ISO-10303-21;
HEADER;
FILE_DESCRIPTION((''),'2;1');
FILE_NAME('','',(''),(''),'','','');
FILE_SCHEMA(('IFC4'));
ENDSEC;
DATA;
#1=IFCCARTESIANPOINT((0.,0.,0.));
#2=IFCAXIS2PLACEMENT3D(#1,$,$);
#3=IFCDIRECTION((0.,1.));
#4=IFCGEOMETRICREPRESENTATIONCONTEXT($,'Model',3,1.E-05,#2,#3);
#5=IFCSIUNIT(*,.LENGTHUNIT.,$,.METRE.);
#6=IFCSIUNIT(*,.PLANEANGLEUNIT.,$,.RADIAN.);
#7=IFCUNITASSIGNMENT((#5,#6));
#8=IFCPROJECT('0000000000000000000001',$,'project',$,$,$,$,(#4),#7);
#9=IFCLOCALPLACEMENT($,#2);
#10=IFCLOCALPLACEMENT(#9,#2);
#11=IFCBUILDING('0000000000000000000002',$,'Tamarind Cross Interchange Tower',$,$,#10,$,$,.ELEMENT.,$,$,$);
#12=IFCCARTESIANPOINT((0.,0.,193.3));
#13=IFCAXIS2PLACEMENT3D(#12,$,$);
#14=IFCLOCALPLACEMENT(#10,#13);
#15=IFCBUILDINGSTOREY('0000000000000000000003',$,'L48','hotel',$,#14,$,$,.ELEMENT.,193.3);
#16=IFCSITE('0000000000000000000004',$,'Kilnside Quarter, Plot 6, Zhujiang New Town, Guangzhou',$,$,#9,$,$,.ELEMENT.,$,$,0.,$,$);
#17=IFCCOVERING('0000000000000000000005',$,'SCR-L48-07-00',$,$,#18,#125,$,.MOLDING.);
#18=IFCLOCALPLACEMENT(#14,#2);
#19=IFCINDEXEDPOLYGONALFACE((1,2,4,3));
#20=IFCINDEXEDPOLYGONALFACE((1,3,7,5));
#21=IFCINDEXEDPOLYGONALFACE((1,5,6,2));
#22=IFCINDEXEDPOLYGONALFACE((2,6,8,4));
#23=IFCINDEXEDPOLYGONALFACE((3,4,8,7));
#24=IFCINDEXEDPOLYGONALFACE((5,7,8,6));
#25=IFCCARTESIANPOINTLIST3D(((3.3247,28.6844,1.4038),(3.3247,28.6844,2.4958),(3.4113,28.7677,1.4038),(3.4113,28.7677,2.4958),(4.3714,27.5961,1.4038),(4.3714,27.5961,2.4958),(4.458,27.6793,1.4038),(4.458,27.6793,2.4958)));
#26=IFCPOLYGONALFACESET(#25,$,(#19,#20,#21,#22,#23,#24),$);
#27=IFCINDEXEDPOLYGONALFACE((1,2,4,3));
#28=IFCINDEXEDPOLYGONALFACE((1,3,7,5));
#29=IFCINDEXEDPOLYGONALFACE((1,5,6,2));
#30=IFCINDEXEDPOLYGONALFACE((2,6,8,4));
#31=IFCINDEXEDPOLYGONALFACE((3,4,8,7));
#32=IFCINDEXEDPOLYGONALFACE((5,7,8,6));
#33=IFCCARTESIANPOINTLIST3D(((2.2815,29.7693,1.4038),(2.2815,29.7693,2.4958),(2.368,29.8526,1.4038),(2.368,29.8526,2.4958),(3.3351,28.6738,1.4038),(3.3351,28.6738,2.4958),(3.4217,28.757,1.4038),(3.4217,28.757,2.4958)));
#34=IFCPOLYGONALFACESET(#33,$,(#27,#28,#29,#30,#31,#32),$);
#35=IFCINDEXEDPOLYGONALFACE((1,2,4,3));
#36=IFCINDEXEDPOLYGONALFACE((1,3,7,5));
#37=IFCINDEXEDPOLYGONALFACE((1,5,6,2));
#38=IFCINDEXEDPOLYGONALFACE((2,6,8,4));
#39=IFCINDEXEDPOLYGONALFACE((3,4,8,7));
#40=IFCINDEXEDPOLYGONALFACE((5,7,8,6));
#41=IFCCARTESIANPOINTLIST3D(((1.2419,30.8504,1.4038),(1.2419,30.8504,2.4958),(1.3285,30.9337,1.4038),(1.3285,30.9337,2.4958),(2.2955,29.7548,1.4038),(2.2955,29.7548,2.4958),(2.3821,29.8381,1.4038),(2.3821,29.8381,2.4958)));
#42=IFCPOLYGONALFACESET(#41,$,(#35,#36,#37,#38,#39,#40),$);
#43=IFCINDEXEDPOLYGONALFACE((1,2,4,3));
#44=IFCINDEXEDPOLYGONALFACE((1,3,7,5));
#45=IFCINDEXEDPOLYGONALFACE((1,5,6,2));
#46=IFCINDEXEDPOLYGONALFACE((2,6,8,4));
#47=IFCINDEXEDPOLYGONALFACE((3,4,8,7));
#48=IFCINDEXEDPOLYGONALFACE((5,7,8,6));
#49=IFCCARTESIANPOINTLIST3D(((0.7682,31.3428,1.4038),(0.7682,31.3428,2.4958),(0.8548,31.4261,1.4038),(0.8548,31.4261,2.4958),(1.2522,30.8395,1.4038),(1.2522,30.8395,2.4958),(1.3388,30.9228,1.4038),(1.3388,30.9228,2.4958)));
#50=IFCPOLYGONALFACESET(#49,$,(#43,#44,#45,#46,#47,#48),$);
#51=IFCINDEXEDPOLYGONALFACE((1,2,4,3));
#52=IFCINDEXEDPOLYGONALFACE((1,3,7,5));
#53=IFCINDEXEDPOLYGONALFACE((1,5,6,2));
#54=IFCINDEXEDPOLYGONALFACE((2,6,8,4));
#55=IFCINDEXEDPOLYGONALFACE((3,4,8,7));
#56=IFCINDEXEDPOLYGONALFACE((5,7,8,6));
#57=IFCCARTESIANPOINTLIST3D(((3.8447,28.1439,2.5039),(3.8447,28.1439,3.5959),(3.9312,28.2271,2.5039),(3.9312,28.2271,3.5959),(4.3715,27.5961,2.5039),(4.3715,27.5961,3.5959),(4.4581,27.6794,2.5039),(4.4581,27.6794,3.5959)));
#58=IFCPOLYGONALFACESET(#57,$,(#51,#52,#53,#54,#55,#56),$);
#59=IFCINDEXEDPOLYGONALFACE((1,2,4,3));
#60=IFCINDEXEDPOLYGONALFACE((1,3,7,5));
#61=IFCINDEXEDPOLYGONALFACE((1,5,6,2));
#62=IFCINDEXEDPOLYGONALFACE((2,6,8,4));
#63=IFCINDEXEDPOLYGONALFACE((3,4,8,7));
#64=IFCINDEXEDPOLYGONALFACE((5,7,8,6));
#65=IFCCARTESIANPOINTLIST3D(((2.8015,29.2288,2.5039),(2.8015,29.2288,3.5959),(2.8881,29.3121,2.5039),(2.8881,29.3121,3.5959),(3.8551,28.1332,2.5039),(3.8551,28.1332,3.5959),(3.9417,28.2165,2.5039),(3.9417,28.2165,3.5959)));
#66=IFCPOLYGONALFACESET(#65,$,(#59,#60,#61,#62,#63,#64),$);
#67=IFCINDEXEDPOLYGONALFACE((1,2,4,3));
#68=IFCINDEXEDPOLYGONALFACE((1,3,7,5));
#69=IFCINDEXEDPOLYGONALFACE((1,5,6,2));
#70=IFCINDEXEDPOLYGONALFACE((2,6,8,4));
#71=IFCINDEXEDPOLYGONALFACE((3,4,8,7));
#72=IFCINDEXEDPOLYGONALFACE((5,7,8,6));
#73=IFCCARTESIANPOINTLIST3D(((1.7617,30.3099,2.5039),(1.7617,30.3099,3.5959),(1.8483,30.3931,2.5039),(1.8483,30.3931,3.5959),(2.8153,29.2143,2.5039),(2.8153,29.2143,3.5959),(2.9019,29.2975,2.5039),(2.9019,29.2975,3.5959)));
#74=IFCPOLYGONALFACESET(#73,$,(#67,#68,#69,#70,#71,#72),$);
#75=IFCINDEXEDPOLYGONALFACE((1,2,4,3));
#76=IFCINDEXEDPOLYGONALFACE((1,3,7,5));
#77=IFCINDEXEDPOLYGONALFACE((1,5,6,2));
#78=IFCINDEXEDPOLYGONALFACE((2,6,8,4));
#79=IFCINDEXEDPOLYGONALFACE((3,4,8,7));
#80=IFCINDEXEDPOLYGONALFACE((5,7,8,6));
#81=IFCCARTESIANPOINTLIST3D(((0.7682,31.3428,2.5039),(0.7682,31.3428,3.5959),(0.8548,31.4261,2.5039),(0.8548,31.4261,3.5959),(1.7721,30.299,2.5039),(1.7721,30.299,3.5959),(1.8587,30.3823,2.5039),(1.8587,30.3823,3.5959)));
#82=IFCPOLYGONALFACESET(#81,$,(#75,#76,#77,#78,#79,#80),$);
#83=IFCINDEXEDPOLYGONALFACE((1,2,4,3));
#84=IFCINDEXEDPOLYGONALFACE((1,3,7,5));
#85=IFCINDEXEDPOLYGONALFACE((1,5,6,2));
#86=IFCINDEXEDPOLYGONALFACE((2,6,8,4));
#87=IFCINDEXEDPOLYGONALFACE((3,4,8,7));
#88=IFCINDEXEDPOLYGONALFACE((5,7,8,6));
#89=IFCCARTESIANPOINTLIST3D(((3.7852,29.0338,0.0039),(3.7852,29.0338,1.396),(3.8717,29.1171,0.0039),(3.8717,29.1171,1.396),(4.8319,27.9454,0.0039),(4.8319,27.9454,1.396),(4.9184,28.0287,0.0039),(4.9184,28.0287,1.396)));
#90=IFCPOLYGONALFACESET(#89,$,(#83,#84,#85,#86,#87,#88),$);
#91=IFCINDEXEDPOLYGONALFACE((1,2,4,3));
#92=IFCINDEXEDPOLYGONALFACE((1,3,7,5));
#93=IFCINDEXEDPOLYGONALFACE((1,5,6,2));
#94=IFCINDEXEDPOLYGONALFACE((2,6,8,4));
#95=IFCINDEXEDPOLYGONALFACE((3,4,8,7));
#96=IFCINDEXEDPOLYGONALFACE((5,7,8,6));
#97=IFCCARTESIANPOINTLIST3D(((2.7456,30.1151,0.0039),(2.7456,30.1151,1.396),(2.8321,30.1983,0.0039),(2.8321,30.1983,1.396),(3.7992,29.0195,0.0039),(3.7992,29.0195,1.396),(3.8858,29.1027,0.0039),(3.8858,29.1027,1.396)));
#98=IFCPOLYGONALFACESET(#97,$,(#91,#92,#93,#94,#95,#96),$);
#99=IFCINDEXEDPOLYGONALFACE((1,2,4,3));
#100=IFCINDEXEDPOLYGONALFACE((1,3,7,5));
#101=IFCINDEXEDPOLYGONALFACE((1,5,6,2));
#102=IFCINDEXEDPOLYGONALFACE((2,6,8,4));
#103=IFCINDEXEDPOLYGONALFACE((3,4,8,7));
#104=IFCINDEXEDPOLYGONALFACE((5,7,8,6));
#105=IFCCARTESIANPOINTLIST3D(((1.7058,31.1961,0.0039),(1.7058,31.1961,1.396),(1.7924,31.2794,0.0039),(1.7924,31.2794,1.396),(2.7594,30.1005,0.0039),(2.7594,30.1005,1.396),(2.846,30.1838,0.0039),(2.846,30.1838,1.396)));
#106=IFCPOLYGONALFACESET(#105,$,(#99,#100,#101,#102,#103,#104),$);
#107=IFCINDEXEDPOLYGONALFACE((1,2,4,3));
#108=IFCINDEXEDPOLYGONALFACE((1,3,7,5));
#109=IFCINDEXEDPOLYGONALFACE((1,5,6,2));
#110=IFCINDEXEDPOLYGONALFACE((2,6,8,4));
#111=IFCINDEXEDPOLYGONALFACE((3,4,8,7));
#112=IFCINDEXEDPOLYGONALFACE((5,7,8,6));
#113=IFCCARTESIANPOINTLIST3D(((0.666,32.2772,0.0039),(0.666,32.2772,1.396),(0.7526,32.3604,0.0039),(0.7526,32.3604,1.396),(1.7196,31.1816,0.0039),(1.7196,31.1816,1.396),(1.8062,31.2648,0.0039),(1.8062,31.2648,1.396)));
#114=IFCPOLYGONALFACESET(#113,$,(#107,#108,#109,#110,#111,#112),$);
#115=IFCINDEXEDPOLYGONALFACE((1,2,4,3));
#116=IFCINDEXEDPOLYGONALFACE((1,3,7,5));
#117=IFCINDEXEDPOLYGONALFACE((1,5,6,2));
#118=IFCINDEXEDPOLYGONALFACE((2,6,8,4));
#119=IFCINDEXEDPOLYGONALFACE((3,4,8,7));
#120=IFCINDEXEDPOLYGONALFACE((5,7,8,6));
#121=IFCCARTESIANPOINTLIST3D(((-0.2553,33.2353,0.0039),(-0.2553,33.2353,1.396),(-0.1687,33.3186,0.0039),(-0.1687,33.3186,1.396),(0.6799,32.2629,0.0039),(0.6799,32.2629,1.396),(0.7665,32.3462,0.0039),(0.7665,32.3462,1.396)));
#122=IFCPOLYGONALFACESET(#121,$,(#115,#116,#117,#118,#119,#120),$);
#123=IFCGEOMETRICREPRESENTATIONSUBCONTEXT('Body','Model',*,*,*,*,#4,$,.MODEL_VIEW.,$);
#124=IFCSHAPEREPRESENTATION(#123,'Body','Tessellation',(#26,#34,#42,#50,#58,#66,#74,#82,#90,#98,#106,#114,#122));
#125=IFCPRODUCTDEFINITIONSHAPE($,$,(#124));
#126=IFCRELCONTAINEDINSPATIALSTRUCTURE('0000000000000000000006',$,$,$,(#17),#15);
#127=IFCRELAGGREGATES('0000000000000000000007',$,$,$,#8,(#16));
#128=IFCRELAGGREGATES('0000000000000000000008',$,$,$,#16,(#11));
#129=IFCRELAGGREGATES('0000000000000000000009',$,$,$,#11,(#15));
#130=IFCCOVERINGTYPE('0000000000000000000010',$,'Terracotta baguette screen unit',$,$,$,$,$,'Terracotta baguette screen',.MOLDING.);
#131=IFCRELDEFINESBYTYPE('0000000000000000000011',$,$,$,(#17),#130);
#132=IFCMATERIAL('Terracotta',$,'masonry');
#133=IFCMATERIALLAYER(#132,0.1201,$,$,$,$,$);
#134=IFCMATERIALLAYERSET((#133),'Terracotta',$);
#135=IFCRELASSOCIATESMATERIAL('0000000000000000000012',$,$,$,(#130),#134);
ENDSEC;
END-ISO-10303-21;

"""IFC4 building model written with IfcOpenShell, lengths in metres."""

from ifc_helpers import new_model, si_unit, direction, frame, origin, origin_2d, place, context, subcontext, project, spatial, rectangle, extrude, material, layer, layer_set, type_object, element, save


model = new_model("IFC4")

# Units and contexts
model_context = context("Model", 3, precision=1e-05, world=origin(), true_north=direction((0.0, 1.0)))
body_context = subcontext(model_context, "Body", "Model", "MODEL_VIEW")
ifc_project = project(units=[si_unit("LENGTHUNIT", "METRE"), si_unit("PLANEANGLEUNIT", "RADIAN")], contexts=[model_context])

# Site, building, storey
site_placement = place(None, origin())
site = spatial("IfcSite", under=ifc_project, at=site_placement, Name="Kilnside Quarter, Plot 6, Zhujiang New Town, Guangzhou", CompositionType="ELEMENT", RefElevation=0.0)
building_placement = place(site_placement, origin())
building = spatial("IfcBuilding", under=site, at=building_placement, Name="Tamarind Cross Interchange Tower", CompositionType="ELEMENT")
storey_placement = place(building_placement, frame((0.0, 0.0, 193.3)))
storey = spatial("IfcBuildingStorey", under=building, at=storey_placement, Name="L48", Description="hotel", CompositionType="ELEMENT", Elevation=193.3)

# Covering
ifc_material_1 = material(Name="Terracotta", Category="masonry")
ifc_layer_1 = layer(ifc_material_1, 0.1201)
ifc_layer_set_1 = layer_set([ifc_layer_1], Name="Terracotta")
covering_type = type_object("IfcCoveringType", Name="Terracotta baguette screen unit", ElementType="Terracotta baguette screen", PredefinedType="MOLDING", material=ifc_layer_set_1)
covering_1_placement = place(storey_placement, origin())
element("IfcCovering", 1, at=covering_1_placement, inside=storey, type_object=covering_type, Name="SCR-L48-07-00", PredefinedType="MOLDING", context=body_context, shape_type="SweptSolid", body=[
    extrude(rectangle(XDim=1.51, YDim=0.1201, at=origin_2d()), frame((3.8914, 28.1819, 1.4038), z_axis=(0.0, 0.0, 1.0), x_axis=(-0.69317, 0.720774, 0.0)), (0.0, 0.0, 1.0), 1.092),
    extrude(rectangle(XDim=1.52, YDim=0.1201, at=origin_2d()), frame((2.8516, 29.2632, 1.4038), z_axis=(0.0, 0.0, 1.0), x_axis=(-0.69317, 0.720774, 0.0)), (0.0, 0.0, 1.0), 1.092),
    extrude(rectangle(XDim=1.52, YDim=0.1201, at=origin_2d()), frame((1.812, 30.3442, 1.4038), z_axis=(0.0, 0.0, 1.0), x_axis=(-0.69317, 0.720774, 0.0)), (0.0, 0.0, 1.0), 1.092),
    extrude(rectangle(XDim=0.6982, YDim=0.1201, at=origin_2d()), frame((1.0535, 31.1328, 1.4038), z_axis=(0.0, 0.0, 1.0), x_axis=(-0.69317, 0.720774, 0.0)), (0.0, 0.0, 1.0), 1.092),
    extrude(rectangle(XDim=0.76, YDim=0.1201, at=origin_2d()), frame((4.1514, 27.9116, 2.5039), z_axis=(0.0, 0.0, 1.0), x_axis=(-0.69317, 0.720774, 0.0)), (0.0, 0.0, 1.0), 1.092),
    extrude(rectangle(XDim=1.52, YDim=0.1201, at=origin_2d()), frame((3.3716, 28.7227, 2.5039), z_axis=(0.0, 0.0, 1.0), x_axis=(-0.69317, 0.720774, 0.0)), (0.0, 0.0, 1.0), 1.092),
    extrude(rectangle(XDim=1.52, YDim=0.1201, at=origin_2d()), frame((2.3318, 29.8037, 2.5039), z_axis=(0.0, 0.0, 1.0), x_axis=(-0.69317, 0.720774, 0.0)), (0.0, 0.0, 1.0), 1.092),
    extrude(rectangle(XDim=1.4482, YDim=0.1201, at=origin_2d()), frame((1.3135, 30.8625, 2.5039), z_axis=(0.0, 0.0, 1.0), x_axis=(-0.69317, 0.720774, 0.0)), (0.0, 0.0, 1.0), 1.092),
    extrude(rectangle(XDim=1.51, YDim=0.1201, at=origin_2d()), frame((4.3518, 28.5312, 0.0039), z_axis=(0.0, 0.0, 1.0), x_axis=(-0.69317, 0.720774, 0.0)), (0.0, 0.0, 1.0), 1.3921),
    extrude(rectangle(XDim=1.52, YDim=0.1201, at=origin_2d()), frame((3.3157, 29.6089, 0.0039), z_axis=(0.0, 0.0, 1.0), x_axis=(-0.69317, 0.720774, 0.0)), (0.0, 0.0, 1.0), 1.3921),
    extrude(rectangle(XDim=1.52, YDim=0.1201, at=origin_2d()), frame((2.2759, 30.6899, 0.0039), z_axis=(0.0, 0.0, 1.0), x_axis=(-0.69317, 0.720774, 0.0)), (0.0, 0.0, 1.0), 1.3921),
    extrude(rectangle(XDim=1.52, YDim=0.1201, at=origin_2d()), frame((1.2361, 31.771, 0.0039), z_axis=(0.0, 0.0, 1.0), x_axis=(-0.69317, 0.720774, 0.0)), (0.0, 0.0, 1.0), 1.3921),
    extrude(rectangle(XDim=1.3491, YDim=0.1201, at=origin_2d()), frame((0.2556, 32.7908, 0.0039), z_axis=(0.0, 0.0, 1.0), x_axis=(-0.69317, 0.720774, 0.0)), (0.0, 0.0, 1.0), 1.3921),
])

save(model, "model.ifc")
